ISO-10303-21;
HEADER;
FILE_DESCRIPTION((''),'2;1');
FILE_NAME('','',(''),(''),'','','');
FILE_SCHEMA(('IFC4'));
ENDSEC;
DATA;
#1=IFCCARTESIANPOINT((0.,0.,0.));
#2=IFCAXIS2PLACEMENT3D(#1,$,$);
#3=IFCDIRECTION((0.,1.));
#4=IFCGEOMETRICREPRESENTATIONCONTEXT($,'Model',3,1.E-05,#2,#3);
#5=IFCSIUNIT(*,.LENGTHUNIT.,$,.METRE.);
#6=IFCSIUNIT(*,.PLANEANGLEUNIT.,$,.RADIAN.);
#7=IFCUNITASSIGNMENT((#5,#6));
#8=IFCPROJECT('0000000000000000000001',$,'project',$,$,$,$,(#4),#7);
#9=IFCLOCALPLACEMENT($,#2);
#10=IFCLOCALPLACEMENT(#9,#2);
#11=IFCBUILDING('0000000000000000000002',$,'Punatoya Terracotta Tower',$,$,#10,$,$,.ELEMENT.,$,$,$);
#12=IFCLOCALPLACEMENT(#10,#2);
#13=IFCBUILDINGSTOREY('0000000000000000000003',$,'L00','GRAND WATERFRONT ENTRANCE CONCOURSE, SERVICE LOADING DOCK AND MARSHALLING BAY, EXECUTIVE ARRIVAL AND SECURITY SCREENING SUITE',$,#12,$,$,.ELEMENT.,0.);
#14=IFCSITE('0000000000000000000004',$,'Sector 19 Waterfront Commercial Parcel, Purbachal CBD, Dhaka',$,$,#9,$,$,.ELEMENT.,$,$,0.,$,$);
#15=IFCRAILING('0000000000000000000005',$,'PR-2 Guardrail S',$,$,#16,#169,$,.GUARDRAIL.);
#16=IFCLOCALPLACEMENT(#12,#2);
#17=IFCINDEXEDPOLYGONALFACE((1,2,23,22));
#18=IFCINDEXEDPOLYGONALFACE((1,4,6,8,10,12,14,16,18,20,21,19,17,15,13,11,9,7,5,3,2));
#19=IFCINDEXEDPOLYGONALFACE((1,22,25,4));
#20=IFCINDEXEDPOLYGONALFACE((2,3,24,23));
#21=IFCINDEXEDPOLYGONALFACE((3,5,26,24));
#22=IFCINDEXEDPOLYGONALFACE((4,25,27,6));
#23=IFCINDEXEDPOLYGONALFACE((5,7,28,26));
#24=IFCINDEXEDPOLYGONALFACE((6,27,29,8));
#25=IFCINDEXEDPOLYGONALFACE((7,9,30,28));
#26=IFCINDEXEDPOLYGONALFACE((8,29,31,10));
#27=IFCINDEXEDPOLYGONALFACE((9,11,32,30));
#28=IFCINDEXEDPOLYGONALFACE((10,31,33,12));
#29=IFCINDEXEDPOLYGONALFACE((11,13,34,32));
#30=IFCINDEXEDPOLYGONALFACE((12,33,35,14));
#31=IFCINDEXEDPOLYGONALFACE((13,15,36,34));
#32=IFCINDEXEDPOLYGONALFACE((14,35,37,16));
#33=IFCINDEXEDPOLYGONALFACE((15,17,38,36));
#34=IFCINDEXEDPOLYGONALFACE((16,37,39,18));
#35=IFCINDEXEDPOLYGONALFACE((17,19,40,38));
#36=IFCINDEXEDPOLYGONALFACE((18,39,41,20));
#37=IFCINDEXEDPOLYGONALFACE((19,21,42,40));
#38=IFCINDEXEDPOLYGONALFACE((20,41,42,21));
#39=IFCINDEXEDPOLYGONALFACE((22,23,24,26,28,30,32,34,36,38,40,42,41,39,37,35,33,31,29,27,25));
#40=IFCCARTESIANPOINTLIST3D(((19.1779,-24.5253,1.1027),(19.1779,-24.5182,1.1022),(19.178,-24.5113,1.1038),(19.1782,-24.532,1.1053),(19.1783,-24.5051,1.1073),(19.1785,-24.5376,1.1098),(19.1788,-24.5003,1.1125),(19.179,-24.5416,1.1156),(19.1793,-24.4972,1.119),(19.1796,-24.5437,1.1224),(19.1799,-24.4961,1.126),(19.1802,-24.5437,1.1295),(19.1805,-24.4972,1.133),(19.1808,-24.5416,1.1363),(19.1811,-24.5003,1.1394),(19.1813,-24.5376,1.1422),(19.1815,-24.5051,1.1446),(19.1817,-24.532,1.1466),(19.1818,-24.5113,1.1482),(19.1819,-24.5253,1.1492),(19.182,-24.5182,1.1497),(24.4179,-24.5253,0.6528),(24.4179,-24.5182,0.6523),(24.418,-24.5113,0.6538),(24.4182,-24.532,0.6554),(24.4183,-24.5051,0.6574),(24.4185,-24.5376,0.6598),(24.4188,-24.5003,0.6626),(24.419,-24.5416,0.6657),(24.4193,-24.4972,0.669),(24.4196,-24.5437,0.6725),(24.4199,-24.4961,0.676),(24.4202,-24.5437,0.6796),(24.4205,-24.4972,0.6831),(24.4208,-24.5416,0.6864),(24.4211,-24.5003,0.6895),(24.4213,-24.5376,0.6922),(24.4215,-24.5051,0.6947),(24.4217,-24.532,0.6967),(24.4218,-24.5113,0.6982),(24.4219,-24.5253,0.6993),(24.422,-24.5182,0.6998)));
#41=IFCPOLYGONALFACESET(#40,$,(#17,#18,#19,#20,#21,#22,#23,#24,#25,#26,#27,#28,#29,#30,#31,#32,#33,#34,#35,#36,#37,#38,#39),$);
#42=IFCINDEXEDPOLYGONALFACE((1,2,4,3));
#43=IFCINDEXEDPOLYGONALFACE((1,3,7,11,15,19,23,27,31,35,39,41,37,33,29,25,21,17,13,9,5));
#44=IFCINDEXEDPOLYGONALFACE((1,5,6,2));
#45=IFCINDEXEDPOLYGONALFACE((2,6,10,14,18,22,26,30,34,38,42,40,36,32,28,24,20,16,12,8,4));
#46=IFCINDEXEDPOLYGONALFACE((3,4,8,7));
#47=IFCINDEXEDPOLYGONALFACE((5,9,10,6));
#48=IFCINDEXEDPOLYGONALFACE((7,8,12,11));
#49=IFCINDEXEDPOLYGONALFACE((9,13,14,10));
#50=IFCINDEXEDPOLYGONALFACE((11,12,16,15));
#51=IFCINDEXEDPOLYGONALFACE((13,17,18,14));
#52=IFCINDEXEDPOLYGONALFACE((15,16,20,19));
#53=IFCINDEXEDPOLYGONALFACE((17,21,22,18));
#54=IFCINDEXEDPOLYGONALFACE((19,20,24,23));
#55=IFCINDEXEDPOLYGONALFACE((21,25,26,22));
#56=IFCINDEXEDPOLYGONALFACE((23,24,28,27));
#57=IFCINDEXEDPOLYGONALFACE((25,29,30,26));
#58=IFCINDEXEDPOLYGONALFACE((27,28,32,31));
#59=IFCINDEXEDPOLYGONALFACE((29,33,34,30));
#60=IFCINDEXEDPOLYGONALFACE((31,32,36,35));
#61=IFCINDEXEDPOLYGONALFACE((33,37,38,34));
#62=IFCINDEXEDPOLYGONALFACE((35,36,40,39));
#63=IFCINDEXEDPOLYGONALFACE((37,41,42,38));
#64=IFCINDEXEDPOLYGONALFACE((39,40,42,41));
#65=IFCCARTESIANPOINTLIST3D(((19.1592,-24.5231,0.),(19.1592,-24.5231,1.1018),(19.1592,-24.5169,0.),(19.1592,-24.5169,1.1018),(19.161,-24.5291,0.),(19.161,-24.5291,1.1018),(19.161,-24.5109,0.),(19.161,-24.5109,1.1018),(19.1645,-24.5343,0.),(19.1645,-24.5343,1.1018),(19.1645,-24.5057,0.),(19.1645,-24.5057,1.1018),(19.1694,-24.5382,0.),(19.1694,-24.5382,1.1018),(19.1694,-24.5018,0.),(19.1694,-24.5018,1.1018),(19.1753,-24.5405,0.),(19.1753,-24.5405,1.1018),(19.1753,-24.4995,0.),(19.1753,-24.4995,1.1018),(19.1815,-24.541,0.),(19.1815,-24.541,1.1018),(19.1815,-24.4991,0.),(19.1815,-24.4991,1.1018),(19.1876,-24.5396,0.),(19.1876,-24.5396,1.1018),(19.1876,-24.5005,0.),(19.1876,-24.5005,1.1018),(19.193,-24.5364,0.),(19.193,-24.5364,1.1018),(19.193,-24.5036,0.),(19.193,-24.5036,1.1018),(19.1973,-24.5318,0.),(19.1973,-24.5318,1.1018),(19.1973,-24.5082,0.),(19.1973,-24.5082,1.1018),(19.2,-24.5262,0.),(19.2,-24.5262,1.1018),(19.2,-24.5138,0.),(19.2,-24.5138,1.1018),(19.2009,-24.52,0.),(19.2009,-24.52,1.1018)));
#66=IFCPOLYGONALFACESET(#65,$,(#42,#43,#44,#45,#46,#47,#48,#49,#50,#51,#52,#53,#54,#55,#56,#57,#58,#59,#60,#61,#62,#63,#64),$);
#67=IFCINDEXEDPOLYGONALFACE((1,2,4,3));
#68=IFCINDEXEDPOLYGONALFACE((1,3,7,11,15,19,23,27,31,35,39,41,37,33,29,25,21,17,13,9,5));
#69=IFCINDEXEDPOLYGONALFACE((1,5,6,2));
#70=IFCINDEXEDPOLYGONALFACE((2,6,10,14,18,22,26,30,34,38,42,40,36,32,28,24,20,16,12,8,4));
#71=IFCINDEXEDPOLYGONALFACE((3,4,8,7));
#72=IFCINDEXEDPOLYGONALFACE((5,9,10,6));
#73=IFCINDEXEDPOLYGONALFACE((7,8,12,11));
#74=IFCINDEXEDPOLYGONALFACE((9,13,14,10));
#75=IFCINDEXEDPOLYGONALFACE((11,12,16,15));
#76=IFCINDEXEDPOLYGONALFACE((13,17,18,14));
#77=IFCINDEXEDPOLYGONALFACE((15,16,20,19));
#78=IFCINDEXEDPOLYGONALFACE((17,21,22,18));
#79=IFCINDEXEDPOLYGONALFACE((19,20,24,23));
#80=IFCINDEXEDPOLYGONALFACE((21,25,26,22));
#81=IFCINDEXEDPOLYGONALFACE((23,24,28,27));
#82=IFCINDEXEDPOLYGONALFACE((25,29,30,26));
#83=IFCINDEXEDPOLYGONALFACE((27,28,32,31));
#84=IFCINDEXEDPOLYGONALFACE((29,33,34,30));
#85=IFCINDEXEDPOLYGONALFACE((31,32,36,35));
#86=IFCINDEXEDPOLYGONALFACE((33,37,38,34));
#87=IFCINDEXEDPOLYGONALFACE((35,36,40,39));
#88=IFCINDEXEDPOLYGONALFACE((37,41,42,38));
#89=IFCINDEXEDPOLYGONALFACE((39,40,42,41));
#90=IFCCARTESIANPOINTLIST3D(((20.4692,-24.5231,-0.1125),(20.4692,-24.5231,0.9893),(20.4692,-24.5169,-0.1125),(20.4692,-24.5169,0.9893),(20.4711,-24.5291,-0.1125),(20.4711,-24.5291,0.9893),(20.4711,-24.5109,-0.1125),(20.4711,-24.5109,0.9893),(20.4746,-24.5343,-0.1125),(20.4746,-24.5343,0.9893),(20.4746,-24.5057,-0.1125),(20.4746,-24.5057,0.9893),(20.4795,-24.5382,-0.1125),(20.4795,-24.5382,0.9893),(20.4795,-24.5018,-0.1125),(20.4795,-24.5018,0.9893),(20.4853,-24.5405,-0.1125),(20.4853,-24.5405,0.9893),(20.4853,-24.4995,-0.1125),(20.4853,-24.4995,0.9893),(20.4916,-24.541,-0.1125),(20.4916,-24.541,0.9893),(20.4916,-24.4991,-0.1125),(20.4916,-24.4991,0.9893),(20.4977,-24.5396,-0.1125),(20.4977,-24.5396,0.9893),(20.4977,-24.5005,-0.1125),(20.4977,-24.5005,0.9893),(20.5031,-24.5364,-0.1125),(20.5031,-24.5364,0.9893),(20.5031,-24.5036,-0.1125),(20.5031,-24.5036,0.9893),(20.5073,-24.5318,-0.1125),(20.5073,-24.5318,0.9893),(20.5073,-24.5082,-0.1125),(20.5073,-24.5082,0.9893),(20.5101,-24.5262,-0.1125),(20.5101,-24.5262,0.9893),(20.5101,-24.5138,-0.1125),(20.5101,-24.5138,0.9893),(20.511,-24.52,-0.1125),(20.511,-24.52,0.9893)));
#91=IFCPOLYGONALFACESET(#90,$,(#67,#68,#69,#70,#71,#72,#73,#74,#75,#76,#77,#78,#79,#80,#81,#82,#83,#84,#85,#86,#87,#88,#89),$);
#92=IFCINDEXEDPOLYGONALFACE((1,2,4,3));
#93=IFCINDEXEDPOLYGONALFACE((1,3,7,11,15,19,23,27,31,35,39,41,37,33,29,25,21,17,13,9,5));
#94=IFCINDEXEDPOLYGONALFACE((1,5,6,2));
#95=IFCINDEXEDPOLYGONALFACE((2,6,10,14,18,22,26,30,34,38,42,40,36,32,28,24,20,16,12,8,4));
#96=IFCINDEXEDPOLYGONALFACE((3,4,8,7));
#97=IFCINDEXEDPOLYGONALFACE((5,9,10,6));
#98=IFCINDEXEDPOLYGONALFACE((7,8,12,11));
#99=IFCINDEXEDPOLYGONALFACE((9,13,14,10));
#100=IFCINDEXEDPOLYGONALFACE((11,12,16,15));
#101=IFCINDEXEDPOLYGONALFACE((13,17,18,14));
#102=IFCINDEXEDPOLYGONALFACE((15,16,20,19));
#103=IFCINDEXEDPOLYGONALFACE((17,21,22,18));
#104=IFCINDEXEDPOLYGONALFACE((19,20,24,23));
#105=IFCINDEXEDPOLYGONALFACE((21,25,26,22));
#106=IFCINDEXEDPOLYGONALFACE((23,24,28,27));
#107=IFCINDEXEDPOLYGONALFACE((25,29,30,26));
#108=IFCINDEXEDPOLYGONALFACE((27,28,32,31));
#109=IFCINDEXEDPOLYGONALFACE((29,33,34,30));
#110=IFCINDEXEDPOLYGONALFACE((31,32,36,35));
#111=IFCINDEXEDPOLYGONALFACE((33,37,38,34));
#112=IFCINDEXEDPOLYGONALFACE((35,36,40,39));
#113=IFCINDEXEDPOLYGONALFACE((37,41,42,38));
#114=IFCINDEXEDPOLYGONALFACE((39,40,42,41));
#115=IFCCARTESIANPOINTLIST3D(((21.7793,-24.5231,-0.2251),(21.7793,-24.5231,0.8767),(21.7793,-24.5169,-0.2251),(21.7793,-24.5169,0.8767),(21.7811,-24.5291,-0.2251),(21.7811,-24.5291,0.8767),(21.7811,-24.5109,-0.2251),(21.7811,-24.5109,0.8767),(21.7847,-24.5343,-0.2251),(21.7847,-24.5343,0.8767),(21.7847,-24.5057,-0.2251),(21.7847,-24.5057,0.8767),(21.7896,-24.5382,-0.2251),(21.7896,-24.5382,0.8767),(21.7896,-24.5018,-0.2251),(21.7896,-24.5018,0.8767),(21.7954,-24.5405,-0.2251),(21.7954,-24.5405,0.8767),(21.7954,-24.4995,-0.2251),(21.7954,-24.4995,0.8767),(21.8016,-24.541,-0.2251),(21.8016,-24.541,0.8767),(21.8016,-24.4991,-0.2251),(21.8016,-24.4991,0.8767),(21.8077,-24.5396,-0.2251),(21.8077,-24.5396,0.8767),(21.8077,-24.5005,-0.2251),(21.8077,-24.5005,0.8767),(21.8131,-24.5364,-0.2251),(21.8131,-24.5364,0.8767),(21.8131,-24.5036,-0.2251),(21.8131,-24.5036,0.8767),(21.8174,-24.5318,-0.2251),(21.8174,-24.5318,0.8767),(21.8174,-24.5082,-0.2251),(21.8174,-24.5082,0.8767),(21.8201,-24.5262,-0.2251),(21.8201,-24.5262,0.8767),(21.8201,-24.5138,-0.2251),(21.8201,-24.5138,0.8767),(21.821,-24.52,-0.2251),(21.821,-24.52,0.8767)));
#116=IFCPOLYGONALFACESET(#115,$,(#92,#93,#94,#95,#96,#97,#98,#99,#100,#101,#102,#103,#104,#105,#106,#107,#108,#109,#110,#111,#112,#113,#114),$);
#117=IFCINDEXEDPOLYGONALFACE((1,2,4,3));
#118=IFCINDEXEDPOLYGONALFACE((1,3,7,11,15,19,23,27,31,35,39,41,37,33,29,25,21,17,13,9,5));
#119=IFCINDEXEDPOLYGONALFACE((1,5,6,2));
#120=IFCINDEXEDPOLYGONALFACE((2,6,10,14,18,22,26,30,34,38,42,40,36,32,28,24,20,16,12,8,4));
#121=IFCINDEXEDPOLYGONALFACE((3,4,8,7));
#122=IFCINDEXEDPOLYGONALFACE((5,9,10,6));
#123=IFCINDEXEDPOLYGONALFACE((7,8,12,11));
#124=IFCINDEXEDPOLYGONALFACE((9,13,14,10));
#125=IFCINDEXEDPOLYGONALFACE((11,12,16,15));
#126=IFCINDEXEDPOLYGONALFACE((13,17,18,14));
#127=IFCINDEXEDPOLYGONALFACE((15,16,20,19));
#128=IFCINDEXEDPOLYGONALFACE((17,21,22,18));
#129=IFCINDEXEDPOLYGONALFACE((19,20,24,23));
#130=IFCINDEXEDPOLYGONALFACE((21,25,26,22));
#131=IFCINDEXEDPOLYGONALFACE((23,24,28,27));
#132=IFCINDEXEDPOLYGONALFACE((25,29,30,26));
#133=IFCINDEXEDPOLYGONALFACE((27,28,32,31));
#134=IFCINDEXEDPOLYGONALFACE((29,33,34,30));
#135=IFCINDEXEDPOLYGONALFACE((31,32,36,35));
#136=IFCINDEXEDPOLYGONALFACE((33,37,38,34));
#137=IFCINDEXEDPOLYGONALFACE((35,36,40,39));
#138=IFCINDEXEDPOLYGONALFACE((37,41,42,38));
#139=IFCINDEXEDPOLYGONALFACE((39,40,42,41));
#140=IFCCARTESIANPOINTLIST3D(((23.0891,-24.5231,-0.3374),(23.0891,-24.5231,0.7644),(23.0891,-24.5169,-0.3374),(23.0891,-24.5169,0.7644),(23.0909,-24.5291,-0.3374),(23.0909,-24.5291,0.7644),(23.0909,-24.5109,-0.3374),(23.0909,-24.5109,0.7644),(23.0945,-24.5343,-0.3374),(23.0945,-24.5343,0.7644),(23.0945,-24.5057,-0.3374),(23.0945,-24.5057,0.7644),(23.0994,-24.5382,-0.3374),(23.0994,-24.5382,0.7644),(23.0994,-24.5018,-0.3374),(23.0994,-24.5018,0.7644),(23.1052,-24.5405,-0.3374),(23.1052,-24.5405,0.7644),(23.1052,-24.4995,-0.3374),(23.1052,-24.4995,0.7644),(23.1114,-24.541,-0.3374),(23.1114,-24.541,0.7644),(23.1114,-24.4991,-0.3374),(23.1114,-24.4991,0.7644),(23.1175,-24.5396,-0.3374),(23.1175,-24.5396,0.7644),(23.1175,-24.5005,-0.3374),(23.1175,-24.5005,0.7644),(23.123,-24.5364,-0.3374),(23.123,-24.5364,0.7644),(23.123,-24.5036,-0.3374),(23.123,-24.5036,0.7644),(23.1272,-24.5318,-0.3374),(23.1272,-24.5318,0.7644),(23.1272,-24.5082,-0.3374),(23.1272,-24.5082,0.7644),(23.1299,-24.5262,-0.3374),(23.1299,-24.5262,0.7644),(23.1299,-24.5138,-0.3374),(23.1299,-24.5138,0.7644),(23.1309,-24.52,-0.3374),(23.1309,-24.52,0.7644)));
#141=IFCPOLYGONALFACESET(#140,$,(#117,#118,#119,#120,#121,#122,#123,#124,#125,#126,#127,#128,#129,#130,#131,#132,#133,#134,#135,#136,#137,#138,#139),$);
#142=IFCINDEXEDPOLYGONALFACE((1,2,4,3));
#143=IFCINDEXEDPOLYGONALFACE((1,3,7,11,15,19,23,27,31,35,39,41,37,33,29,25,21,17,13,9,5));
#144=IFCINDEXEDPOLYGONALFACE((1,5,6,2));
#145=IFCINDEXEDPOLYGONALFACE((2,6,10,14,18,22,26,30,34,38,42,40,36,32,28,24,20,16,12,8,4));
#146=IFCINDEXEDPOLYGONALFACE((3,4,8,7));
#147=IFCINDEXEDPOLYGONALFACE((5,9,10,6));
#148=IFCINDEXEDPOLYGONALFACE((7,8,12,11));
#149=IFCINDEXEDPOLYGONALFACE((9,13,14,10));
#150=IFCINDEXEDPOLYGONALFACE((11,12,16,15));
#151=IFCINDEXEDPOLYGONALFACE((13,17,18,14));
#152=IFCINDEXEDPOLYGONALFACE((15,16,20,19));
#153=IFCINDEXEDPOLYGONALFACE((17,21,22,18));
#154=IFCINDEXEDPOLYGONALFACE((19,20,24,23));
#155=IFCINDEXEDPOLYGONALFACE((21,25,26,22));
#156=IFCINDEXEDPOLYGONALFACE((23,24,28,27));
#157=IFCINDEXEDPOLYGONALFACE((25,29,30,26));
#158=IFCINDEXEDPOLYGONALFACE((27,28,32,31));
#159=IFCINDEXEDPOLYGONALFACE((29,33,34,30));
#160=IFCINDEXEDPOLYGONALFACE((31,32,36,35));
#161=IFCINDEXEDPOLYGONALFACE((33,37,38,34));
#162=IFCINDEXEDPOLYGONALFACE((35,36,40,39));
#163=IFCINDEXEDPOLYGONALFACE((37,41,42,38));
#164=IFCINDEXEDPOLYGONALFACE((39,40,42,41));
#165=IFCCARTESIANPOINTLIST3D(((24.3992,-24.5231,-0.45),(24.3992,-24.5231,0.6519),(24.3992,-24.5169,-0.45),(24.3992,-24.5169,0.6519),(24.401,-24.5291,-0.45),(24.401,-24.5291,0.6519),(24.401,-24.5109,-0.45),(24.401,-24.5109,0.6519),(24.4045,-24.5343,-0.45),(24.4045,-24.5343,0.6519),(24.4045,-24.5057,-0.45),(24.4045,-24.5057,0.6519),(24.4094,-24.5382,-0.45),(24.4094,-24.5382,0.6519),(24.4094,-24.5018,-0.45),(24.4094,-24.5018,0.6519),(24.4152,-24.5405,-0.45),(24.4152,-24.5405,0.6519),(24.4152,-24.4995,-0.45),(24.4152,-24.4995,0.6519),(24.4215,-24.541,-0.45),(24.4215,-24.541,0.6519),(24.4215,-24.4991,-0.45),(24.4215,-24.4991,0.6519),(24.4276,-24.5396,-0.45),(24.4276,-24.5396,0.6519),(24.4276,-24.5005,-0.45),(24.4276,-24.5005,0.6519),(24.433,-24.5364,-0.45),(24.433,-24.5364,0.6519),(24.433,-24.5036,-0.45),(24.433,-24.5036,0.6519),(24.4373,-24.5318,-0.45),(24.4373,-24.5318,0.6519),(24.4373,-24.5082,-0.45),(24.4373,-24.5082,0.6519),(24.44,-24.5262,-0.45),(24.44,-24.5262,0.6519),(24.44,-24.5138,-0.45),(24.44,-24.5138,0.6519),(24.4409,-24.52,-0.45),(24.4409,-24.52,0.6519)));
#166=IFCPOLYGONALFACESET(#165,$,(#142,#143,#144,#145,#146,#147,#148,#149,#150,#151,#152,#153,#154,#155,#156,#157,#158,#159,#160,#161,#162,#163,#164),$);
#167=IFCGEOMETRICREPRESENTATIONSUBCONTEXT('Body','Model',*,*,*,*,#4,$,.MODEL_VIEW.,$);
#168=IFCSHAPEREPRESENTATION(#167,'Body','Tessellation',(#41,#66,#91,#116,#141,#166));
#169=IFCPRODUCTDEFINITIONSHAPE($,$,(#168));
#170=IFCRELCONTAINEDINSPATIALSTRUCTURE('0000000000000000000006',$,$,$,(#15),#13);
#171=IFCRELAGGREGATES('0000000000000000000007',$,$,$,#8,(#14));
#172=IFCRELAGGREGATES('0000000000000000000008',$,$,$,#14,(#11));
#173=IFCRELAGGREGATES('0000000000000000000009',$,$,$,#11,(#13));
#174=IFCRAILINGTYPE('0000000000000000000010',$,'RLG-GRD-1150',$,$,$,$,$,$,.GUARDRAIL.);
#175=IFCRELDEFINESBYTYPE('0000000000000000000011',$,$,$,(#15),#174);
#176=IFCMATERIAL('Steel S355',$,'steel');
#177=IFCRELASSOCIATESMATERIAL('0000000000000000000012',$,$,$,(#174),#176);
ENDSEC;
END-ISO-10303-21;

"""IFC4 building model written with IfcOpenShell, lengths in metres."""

from ifc_helpers import new_model, si_unit, direction, frame, origin, origin_2d, place, context, subcontext, project, spatial, circle, extrude, material, type_object, element, save


model = new_model("IFC4")

# Units and contexts
model_context = context("Model", 3, precision=1e-05, world=origin(), true_north=direction((0.0, 1.0)))
body_context = subcontext(model_context, "Body", "Model", "MODEL_VIEW")
ifc_project = project(units=[si_unit("LENGTHUNIT", "METRE"), si_unit("PLANEANGLEUNIT", "RADIAN")], contexts=[model_context])

# Site, building, storey
site_placement = place(None, origin())
site = spatial("IfcSite", under=ifc_project, at=site_placement, Name="Sector 19 Waterfront Commercial Parcel, Purbachal CBD, Dhaka", CompositionType="ELEMENT", RefElevation=0.0)
building_placement = place(site_placement, origin())
building = spatial("IfcBuilding", under=site, at=building_placement, Name="Punatoya Terracotta Tower", CompositionType="ELEMENT")
storey_placement = place(building_placement, origin())
storey = spatial("IfcBuildingStorey", under=building, at=storey_placement, Name="L00", Description="GRAND WATERFRONT ENTRANCE CONCOURSE, SERVICE LOADING DOCK AND MARSHALLING BAY, EXECUTIVE ARRIVAL AND SECURITY SCREENING SUITE", CompositionType="ELEMENT", Elevation=0.0)

# Shared definitions
ifc_material_1 = material(Name="Steel S355", Category="steel")

# Railing
railing_type_1 = type_object("IfcRailingType", Name="RLG-GRD-1150", PredefinedType="GUARDRAIL", material=ifc_material_1)
for number, where, name in (
    (1, (19.1799, -24.52, 0.0), "PR-2 Guardrail S"),
):
    element("IfcRailing", number, at=place(storey_placement, frame(where)), inside=storey, type_object=railing_type_1, Name=name, PredefinedType="GUARDRAIL", context=body_context, shape_type="SweptSolid", body=[
        extrude(circle(Radius=0.0239, at=origin_2d()), frame((0.0, 0.0, 1.126), z_axis=(0.996334, 0.0, -0.085554), x_axis=(0.0, 1.0, 0.0)), (0.0, 0.0, 1.0), 5.2593),
        extrude(circle(Radius=0.021, at=origin_2d()), origin(), (0.0, 0.0, 1.0), 1.1018),
        extrude(circle(Radius=0.021, at=origin_2d()), frame((1.3101, 0.0, -0.1125)), (0.0, 0.0, 1.0), 1.1018),
        extrude(circle(Radius=0.021, at=origin_2d()), frame((2.6201, 0.0, -0.2251)), (0.0, 0.0, 1.0), 1.1018),
        extrude(circle(Radius=0.021, at=origin_2d()), frame((3.9299, 0.0, -0.3374)), (0.0, 0.0, 1.0), 1.1018),
        extrude(circle(Radius=0.021, at=origin_2d()), frame((5.24, 0.0, -0.45)), (0.0, 0.0, 1.0), 1.1018),
    ])

save(model, "model.ifc")
